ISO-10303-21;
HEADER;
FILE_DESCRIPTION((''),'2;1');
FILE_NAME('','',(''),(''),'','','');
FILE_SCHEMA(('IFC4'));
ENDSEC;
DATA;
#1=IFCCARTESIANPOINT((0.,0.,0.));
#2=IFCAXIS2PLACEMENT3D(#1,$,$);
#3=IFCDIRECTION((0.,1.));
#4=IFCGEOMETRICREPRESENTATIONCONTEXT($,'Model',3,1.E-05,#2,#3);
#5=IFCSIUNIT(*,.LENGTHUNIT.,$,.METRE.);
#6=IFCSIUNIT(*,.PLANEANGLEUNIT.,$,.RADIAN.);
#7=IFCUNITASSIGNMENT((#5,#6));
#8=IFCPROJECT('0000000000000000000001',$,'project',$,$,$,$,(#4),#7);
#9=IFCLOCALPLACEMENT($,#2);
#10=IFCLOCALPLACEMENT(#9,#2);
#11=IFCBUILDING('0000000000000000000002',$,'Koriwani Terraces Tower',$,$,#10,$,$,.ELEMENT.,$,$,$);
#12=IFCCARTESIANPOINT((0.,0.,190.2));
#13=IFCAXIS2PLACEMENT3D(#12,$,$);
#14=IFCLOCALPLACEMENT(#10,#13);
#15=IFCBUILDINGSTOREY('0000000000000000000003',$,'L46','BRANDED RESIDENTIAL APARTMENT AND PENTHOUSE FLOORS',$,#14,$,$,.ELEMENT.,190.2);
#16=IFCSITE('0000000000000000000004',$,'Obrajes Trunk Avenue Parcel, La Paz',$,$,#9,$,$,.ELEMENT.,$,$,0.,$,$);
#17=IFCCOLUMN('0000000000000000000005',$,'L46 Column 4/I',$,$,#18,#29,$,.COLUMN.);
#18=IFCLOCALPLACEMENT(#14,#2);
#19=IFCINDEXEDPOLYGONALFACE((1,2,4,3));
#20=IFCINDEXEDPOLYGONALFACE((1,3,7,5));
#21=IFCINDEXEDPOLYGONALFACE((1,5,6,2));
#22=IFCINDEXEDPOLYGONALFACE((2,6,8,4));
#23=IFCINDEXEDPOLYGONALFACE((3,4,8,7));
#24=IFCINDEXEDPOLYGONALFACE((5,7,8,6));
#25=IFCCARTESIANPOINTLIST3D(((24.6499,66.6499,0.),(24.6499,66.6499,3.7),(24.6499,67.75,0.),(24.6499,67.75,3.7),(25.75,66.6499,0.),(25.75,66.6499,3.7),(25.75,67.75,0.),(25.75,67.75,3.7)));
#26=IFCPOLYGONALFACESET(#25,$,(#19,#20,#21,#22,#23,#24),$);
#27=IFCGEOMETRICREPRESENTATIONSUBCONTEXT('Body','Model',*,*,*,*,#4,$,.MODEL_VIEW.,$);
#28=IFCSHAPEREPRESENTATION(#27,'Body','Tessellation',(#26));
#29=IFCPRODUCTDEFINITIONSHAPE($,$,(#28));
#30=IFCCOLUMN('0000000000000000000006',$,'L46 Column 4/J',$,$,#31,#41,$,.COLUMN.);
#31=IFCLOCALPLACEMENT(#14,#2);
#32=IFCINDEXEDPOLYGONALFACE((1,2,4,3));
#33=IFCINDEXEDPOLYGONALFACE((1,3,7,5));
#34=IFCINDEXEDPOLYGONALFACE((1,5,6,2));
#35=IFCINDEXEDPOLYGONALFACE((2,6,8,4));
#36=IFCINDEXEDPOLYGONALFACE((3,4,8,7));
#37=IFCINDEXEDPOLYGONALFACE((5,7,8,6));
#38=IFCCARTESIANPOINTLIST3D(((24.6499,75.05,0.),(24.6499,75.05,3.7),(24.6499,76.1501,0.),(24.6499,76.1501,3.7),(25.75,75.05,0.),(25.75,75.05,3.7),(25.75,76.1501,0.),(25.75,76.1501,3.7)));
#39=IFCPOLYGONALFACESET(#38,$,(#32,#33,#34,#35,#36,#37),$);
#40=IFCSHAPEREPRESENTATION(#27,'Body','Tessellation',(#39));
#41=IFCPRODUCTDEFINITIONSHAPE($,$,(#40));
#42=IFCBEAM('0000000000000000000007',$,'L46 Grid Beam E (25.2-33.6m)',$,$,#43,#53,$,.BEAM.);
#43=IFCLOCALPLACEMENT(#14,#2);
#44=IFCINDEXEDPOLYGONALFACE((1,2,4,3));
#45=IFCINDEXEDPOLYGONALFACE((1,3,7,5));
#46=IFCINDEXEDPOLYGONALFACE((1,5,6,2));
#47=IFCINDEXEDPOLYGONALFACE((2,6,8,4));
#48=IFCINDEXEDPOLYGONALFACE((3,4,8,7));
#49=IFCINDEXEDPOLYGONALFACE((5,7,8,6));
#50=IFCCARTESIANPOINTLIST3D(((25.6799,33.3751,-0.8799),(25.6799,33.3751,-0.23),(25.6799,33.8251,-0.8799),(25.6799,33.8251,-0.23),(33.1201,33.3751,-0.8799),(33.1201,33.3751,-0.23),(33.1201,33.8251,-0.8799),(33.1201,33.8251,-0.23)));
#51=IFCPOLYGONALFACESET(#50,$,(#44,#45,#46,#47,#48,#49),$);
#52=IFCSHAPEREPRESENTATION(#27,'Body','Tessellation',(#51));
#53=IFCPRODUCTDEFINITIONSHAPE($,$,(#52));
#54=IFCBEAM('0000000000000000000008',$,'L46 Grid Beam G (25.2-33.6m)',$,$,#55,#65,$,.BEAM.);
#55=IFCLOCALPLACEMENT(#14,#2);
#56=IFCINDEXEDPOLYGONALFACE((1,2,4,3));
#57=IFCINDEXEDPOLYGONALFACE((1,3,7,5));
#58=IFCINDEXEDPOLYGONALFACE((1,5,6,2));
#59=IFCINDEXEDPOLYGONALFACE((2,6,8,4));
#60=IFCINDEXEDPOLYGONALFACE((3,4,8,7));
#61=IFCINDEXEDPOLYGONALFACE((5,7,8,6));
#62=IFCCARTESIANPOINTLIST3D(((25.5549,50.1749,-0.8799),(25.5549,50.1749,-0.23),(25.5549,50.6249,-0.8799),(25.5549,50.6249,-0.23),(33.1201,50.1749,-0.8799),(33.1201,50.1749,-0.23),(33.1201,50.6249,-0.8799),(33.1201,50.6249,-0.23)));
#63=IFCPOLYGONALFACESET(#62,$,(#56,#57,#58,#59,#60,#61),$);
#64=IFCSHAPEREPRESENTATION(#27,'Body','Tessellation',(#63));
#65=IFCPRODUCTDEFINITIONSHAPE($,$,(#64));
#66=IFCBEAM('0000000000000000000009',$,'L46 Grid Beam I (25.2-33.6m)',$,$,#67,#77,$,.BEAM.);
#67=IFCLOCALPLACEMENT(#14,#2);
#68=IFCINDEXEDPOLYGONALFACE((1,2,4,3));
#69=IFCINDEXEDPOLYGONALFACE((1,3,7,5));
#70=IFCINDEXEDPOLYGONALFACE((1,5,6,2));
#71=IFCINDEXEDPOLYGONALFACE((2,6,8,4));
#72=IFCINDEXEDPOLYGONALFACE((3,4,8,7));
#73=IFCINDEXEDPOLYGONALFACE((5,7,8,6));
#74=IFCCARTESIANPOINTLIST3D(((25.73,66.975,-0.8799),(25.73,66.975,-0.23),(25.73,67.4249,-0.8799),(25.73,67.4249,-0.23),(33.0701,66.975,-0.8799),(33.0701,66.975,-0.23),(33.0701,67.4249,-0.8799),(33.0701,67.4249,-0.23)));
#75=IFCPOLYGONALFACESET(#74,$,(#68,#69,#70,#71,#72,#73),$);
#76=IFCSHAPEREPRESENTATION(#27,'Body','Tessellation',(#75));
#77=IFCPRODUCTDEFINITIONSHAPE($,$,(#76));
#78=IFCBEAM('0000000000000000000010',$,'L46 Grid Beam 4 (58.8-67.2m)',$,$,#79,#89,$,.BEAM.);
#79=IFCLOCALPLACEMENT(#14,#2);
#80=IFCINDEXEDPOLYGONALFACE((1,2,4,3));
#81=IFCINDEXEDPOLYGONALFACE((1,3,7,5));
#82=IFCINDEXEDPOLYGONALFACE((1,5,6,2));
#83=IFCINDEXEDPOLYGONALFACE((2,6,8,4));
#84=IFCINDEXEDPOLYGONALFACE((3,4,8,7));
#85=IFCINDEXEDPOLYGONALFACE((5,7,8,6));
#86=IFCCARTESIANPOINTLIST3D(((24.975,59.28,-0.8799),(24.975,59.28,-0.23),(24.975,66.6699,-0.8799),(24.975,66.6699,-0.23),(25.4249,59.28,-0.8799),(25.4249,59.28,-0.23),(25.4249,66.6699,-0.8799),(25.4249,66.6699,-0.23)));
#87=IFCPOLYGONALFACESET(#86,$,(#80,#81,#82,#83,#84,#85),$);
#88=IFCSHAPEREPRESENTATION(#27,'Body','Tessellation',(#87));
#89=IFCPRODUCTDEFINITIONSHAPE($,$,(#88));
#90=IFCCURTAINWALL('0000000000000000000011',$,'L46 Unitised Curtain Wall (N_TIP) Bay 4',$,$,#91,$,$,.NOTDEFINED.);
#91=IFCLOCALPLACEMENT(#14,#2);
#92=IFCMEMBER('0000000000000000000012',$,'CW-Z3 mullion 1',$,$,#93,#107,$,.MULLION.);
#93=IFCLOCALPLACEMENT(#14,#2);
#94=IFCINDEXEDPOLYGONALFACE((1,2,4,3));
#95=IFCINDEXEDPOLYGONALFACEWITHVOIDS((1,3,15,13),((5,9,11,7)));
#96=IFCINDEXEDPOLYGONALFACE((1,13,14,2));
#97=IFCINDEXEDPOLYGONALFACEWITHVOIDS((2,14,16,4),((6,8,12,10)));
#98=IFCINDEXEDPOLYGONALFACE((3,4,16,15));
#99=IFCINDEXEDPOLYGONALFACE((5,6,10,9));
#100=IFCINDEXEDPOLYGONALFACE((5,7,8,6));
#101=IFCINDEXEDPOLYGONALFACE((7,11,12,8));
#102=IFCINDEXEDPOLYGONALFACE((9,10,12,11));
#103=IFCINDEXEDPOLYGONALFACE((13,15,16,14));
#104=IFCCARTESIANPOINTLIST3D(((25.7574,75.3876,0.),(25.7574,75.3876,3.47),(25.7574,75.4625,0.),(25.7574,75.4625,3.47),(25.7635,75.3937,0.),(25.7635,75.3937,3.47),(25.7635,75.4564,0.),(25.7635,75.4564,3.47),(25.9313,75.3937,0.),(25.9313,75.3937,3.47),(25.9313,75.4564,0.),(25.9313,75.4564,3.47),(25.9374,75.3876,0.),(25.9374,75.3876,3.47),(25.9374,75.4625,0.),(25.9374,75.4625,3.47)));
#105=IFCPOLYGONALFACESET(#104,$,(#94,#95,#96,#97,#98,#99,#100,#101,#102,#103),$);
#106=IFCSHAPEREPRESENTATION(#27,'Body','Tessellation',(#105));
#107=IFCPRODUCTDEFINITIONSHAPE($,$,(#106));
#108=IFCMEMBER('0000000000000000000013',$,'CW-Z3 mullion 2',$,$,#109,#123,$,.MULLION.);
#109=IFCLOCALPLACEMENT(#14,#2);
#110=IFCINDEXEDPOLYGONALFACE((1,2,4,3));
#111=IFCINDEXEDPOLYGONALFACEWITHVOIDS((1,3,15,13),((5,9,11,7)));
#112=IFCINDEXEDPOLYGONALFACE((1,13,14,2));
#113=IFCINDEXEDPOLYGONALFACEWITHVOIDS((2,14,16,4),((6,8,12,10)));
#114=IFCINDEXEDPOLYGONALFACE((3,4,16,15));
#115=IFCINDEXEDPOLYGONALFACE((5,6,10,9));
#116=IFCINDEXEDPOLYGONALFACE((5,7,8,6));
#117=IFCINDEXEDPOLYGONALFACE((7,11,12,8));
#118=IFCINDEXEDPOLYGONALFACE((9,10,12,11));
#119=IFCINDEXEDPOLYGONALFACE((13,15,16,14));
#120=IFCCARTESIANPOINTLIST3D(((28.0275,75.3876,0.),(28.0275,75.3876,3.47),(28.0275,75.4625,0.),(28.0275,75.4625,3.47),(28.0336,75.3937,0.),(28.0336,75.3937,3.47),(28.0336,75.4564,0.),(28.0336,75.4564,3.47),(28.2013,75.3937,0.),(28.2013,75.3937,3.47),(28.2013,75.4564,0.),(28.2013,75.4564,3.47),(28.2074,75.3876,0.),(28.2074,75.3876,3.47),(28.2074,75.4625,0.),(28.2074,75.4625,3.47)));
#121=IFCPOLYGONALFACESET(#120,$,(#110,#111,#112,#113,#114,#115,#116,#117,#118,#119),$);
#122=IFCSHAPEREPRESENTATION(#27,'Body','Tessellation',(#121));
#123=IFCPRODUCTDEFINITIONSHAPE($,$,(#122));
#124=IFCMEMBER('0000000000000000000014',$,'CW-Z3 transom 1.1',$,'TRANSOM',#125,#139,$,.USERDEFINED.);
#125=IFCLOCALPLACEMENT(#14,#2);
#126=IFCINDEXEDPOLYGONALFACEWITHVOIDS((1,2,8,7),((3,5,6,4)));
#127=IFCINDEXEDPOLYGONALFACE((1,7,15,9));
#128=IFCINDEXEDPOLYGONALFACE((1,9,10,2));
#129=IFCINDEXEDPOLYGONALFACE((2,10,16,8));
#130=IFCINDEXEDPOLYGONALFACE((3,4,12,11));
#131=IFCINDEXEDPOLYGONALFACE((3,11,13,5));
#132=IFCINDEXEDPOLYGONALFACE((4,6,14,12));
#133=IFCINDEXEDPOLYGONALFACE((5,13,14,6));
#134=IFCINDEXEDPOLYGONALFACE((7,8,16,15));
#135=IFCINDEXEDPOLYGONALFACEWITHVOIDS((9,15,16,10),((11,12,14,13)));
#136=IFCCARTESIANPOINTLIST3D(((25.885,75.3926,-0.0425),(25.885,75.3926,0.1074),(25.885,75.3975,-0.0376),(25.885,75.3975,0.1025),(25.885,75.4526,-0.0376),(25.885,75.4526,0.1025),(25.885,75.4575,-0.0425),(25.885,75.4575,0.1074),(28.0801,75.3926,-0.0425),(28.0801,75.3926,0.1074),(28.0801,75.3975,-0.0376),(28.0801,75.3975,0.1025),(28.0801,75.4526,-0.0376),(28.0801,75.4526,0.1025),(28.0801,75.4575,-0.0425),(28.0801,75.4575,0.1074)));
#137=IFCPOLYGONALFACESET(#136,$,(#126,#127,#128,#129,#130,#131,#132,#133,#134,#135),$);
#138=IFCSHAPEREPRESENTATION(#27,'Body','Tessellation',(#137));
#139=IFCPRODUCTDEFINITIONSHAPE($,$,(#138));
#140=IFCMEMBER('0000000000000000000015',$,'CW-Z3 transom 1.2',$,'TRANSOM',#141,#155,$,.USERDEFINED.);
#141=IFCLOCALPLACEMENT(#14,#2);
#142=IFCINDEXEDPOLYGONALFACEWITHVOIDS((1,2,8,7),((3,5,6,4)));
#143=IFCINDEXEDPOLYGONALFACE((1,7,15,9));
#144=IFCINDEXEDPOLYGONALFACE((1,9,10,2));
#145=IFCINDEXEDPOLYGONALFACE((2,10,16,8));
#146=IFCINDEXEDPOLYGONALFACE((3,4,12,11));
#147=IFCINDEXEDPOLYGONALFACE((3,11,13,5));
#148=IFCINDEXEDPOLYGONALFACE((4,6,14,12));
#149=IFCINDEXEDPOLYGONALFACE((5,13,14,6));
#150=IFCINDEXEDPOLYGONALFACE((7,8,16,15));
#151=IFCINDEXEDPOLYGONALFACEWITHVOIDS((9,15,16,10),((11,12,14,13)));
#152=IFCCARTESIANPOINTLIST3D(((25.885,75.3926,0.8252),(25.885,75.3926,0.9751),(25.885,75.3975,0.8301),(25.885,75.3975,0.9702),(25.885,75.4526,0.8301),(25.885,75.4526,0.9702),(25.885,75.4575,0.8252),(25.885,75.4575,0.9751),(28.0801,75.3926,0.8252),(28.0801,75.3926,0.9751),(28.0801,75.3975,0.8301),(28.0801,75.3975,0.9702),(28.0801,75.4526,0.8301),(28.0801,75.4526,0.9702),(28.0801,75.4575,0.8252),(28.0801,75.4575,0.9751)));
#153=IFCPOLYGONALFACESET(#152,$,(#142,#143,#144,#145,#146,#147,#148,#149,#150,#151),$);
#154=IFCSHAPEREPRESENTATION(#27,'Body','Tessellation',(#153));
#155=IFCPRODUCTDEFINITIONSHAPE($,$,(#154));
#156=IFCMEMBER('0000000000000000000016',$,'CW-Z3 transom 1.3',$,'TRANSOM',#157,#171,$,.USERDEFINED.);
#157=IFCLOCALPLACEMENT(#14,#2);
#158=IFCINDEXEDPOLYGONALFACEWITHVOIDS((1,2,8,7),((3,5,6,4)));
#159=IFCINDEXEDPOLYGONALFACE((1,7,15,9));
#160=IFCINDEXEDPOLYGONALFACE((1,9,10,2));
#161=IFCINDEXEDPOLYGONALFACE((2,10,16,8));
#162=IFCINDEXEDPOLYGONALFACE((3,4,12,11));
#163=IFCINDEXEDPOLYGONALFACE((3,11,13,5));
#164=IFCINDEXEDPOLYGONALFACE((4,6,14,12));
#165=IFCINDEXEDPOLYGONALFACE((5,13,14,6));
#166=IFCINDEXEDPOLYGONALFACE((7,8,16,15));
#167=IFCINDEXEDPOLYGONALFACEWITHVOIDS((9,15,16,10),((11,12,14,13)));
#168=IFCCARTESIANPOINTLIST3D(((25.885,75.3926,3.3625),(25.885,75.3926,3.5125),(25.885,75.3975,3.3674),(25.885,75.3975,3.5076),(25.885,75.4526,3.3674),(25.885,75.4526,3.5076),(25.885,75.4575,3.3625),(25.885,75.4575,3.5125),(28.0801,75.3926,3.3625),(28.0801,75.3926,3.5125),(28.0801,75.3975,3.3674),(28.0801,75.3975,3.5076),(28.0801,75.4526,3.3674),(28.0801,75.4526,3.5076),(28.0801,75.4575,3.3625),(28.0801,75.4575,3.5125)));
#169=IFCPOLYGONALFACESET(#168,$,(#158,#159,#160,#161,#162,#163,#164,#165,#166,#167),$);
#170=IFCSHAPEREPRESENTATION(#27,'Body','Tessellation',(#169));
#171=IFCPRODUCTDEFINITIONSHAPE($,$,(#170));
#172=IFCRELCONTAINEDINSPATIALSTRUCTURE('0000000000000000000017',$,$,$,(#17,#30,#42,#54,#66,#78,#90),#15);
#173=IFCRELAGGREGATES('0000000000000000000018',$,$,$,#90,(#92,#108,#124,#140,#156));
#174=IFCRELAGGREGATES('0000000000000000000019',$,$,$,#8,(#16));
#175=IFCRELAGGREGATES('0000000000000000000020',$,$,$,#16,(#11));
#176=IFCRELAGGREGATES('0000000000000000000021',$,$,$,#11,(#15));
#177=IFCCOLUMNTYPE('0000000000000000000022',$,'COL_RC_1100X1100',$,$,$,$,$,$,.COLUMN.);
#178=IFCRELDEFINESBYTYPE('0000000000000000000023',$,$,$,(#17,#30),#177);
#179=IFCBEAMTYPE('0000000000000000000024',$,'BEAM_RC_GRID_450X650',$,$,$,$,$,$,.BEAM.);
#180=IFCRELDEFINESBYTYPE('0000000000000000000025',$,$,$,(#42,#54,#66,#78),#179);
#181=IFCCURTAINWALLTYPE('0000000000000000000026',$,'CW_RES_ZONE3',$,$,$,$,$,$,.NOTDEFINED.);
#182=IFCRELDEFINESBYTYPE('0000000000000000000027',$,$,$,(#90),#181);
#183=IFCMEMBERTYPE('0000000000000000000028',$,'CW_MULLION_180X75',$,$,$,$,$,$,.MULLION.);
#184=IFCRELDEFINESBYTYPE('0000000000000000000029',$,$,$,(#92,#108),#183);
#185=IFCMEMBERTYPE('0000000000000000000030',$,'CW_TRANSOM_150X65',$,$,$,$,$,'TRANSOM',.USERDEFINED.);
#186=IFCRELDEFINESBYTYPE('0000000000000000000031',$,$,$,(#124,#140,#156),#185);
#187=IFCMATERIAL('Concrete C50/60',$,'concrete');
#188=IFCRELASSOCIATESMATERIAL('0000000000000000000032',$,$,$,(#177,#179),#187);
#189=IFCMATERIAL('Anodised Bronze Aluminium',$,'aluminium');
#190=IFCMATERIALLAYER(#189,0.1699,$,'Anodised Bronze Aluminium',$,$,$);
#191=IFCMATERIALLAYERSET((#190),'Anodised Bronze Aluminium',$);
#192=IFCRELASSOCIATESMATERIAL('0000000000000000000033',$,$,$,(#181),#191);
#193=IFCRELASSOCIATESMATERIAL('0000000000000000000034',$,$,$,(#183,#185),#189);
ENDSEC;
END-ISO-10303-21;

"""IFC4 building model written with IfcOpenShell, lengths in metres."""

from ifc_helpers import new_model, si_unit, direction, frame, origin, origin_2d, place, context, subcontext, project, spatial, rectangle, hollow_rectangle, extrude, material, layer, layer_set, material_profile, profile_set, type_object, element, aggregate, save


model = new_model("IFC4")

# Units and contexts
model_context = context("Model", 3, precision=1e-05, world=origin(), true_north=direction((0.0, 1.0)))
body_context = subcontext(model_context, "Body", "Model", "MODEL_VIEW")
ifc_project = project(units=[si_unit("LENGTHUNIT", "METRE"), si_unit("PLANEANGLEUNIT", "RADIAN")], contexts=[model_context])

# Site, building, storey
site_placement = place(None, origin())
site = spatial("IfcSite", under=ifc_project, at=site_placement, Name="Obrajes Trunk Avenue Parcel, La Paz", CompositionType="ELEMENT", RefElevation=0.0)
building_placement = place(site_placement, origin())
building = spatial("IfcBuilding", under=site, at=building_placement, Name="Koriwani Terraces Tower", CompositionType="ELEMENT")
storey_placement = place(building_placement, frame((0.0, 0.0, 190.2)))
storey = spatial("IfcBuildingStorey", under=building, at=storey_placement, Name="L46", Description="BRANDED RESIDENTIAL APARTMENT AND PENTHOUSE FLOORS", CompositionType="ELEMENT", Elevation=190.2)

# Columns
ifc_material_1 = material(Name="Concrete C50/60", Category="concrete")
ifc_material_profile_1 = material_profile(ifc_material_1, rectangle(XDim=1.1001, YDim=1.1001, at=origin_2d()), Name="Concrete C50/60", Category="LoadBearing")
ifc_profile_set_1 = profile_set([ifc_material_profile_1], Name="Concrete C50/60")
column_type = type_object("IfcColumnType", Name="COL_RC_1100X1100", PredefinedType="COLUMN", material=ifc_profile_set_1)
for number, where, z_axis, x_axis, name in (
    (1, (25.2, 67.2, 0.0), (0.0, 0.0, 1.0), (1.0, 0.0, 0.0), "L46 Column 4/I"),
    (2, (25.2, 75.6001, 0.0), (0.0, 0.0, 1.0), (1.0, 0.0, 0.0), "L46 Column 4/J"),
):
    element("IfcColumn", number, at=place(storey_placement, frame(where, z_axis=z_axis, x_axis=x_axis)), inside=storey, type_object=column_type, Name=name, PredefinedType="COLUMN", context=body_context, shape_type="SweptSolid", body=[
        extrude(rectangle(XDim=1.1001, YDim=1.1001, at=origin_2d()), origin(), (0.0, 0.0, 1.0), 3.7),
    ])

# Beams
ifc_material_profile_2 = material_profile(ifc_material_1, rectangle(XDim=0.45, YDim=0.6499, at=origin_2d()), Name="Concrete C50/60", Category="LoadBearing")
ifc_profile_set_2 = profile_set([ifc_material_profile_2], Name="Concrete C50/60")
beam_type_1 = type_object("IfcBeamType", Name="BEAM_RC_GRID_450X650", PredefinedType="BEAM", material=ifc_profile_set_2)
beam_1_placement = place(storey_placement, frame((25.6799, 33.6001, -0.5549), z_axis=(1.0, 0.0, 0.0), x_axis=(0.0, 1.0, 0.0)))
element("IfcBeam", 3, at=beam_1_placement, inside=storey, type_object=beam_type_1, Name="L46 Grid Beam E (25.2-33.6m)", PredefinedType="BEAM", context=body_context, shape_type="SweptSolid", body=[
    extrude(rectangle(XDim=0.45, YDim=0.6499, at=origin_2d()), origin(), (0.0, 0.0, 1.0), 7.4402),
])
beam_2_placement = place(storey_placement, frame((25.5549, 50.3999, -0.5549), z_axis=(1.0, 0.0, 0.0), x_axis=(0.0, 1.0, 0.0)))
element("IfcBeam", 4, at=beam_2_placement, inside=storey, type_object=beam_type_1, Name="L46 Grid Beam G (25.2-33.6m)", PredefinedType="BEAM", context=body_context, shape_type="SweptSolid", body=[
    extrude(rectangle(XDim=0.45, YDim=0.6499, at=origin_2d()), origin(), (0.0, 0.0, 1.0), 7.5652),
])
beam_3_placement = place(storey_placement, frame((25.73, 67.2, -0.5549), z_axis=(1.0, 0.0, 0.0), x_axis=(0.0, 1.0, 0.0)))
element("IfcBeam", 5, at=beam_3_placement, inside=storey, type_object=beam_type_1, Name="L46 Grid Beam I (25.2-33.6m)", PredefinedType="BEAM", context=body_context, shape_type="SweptSolid", body=[
    extrude(rectangle(XDim=0.45, YDim=0.6499, at=origin_2d()), origin(), (0.0, 0.0, 1.0), 7.3401),
])
beam_4_placement = place(storey_placement, frame((25.2, 59.28, -0.5549), z_axis=(0.0, 1.0, 0.0), x_axis=(-1.0, 0.0, 0.0)))
element("IfcBeam", 6, at=beam_4_placement, inside=storey, type_object=beam_type_1, Name="L46 Grid Beam 4 (58.8-67.2m)", PredefinedType="BEAM", context=body_context, shape_type="SweptSolid", body=[
    extrude(rectangle(XDim=0.45, YDim=0.6499, at=origin_2d()), origin(), (0.0, 0.0, 1.0), 7.3899),
])

# Curtain wall, members
ifc_material_2 = material(Name="Anodised Bronze Aluminium", Category="aluminium")
ifc_layer_1 = layer(ifc_material_2, 0.1699, Name="Anodised Bronze Aluminium")
ifc_layer_set_1 = layer_set([ifc_layer_1], Name="Anodised Bronze Aluminium")
curtain_wall_type = type_object("IfcCurtainWallType", Name="CW_RES_ZONE3", PredefinedType="NOTDEFINED", material=ifc_layer_set_1)
curtain_wall_placement = place(storey_placement, origin())
curtain_wall = element("IfcCurtainWall", 7, at=curtain_wall_placement, inside=storey, type_object=curtain_wall_type, Name="L46 Unitised Curtain Wall (N_TIP) Bay 4", PredefinedType="NOTDEFINED")
ifc_material_profile_3 = material_profile(ifc_material_2, hollow_rectangle(XDim=0.075, YDim=0.1799, WallThickness=0.0061, at=origin_2d()), Name="Anodised Bronze Aluminium", Category="LoadBearing")
ifc_profile_set_3 = profile_set([ifc_material_profile_3], Name="Anodised Bronze Aluminium")
member_type_1 = type_object("IfcMemberType", Name="CW_MULLION_180X75", PredefinedType="MULLION", material=ifc_profile_set_3)
member_1_placement = place(storey_placement, frame((25.8474, 75.425, 0.0), z_axis=(0.0, 0.0, 1.0), x_axis=(0.0, 1.0, 0.0)))
member_1 = element("IfcMember", 8, at=member_1_placement, type_object=member_type_1, Name="CW-Z3 mullion 1", PredefinedType="MULLION", context=body_context, shape_type="SweptSolid", body=[
    extrude(hollow_rectangle(XDim=0.075, YDim=0.1799, WallThickness=0.0061, at=origin_2d()), origin(), (0.0, 0.0, 1.0), 3.47),
])
member_2_placement = place(storey_placement, frame((28.1174, 75.425, 0.0), z_axis=(0.0, 0.0, 1.0), x_axis=(0.0, 1.0, 0.0)))
member_2 = element("IfcMember", 9, at=member_2_placement, type_object=member_type_1, Name="CW-Z3 mullion 2", PredefinedType="MULLION", context=body_context, shape_type="SweptSolid", body=[
    extrude(hollow_rectangle(XDim=0.075, YDim=0.1799, WallThickness=0.0061, at=origin_2d()), origin(), (0.0, 0.0, 1.0), 3.47),
])
ifc_material_profile_4 = material_profile(ifc_material_2, hollow_rectangle(XDim=0.0649, YDim=0.1499, WallThickness=0.0049, at=origin_2d()), Name="Anodised Bronze Aluminium", Category="LoadBearing")
ifc_profile_set_4 = profile_set([ifc_material_profile_4], Name="Anodised Bronze Aluminium")
member_type_2 = type_object("IfcMemberType", Name="CW_TRANSOM_150X65", ElementType="TRANSOM", PredefinedType="USERDEFINED", material=ifc_profile_set_4)
member_3_placement = place(storey_placement, frame((25.885, 75.425, 0.0325), z_axis=(1.0, 0.0, 0.0), x_axis=(0.0, 1.0, 0.0)))
member_3 = element("IfcMember", 10, at=member_3_placement, type_object=member_type_2, Name="CW-Z3 transom 1.1", ObjectType="TRANSOM", PredefinedType="USERDEFINED", context=body_context, shape_type="SweptSolid", body=[
    extrude(hollow_rectangle(XDim=0.0649, YDim=0.1499, WallThickness=0.0049, at=origin_2d()), origin(), (0.0, 0.0, 1.0), 2.1951),
])
member_4_placement = place(storey_placement, frame((25.885, 75.425, 0.9001), z_axis=(1.0, 0.0, 0.0), x_axis=(0.0, 1.0, 0.0)))
member_4 = element("IfcMember", 11, at=member_4_placement, type_object=member_type_2, Name="CW-Z3 transom 1.2", ObjectType="TRANSOM", PredefinedType="USERDEFINED", context=body_context, shape_type="SweptSolid", body=[
    extrude(hollow_rectangle(XDim=0.0649, YDim=0.1499, WallThickness=0.0049, at=origin_2d()), origin(), (0.0, 0.0, 1.0), 2.1951),
])
member_5_placement = place(storey_placement, frame((25.885, 75.425, 3.4375), z_axis=(1.0, 0.0, 0.0), x_axis=(0.0, 1.0, 0.0)))
member_5 = element("IfcMember", 12, at=member_5_placement, type_object=member_type_2, Name="CW-Z3 transom 1.3", ObjectType="TRANSOM", PredefinedType="USERDEFINED", context=body_context, shape_type="SweptSolid", body=[
    extrude(hollow_rectangle(XDim=0.0649, YDim=0.1499, WallThickness=0.0049, at=origin_2d()), origin(), (0.0, 0.0, 1.0), 2.1951),
])

aggregate(curtain_wall, [member_1, member_2, member_3, member_4, member_5])

save(model, "model.ifc")
